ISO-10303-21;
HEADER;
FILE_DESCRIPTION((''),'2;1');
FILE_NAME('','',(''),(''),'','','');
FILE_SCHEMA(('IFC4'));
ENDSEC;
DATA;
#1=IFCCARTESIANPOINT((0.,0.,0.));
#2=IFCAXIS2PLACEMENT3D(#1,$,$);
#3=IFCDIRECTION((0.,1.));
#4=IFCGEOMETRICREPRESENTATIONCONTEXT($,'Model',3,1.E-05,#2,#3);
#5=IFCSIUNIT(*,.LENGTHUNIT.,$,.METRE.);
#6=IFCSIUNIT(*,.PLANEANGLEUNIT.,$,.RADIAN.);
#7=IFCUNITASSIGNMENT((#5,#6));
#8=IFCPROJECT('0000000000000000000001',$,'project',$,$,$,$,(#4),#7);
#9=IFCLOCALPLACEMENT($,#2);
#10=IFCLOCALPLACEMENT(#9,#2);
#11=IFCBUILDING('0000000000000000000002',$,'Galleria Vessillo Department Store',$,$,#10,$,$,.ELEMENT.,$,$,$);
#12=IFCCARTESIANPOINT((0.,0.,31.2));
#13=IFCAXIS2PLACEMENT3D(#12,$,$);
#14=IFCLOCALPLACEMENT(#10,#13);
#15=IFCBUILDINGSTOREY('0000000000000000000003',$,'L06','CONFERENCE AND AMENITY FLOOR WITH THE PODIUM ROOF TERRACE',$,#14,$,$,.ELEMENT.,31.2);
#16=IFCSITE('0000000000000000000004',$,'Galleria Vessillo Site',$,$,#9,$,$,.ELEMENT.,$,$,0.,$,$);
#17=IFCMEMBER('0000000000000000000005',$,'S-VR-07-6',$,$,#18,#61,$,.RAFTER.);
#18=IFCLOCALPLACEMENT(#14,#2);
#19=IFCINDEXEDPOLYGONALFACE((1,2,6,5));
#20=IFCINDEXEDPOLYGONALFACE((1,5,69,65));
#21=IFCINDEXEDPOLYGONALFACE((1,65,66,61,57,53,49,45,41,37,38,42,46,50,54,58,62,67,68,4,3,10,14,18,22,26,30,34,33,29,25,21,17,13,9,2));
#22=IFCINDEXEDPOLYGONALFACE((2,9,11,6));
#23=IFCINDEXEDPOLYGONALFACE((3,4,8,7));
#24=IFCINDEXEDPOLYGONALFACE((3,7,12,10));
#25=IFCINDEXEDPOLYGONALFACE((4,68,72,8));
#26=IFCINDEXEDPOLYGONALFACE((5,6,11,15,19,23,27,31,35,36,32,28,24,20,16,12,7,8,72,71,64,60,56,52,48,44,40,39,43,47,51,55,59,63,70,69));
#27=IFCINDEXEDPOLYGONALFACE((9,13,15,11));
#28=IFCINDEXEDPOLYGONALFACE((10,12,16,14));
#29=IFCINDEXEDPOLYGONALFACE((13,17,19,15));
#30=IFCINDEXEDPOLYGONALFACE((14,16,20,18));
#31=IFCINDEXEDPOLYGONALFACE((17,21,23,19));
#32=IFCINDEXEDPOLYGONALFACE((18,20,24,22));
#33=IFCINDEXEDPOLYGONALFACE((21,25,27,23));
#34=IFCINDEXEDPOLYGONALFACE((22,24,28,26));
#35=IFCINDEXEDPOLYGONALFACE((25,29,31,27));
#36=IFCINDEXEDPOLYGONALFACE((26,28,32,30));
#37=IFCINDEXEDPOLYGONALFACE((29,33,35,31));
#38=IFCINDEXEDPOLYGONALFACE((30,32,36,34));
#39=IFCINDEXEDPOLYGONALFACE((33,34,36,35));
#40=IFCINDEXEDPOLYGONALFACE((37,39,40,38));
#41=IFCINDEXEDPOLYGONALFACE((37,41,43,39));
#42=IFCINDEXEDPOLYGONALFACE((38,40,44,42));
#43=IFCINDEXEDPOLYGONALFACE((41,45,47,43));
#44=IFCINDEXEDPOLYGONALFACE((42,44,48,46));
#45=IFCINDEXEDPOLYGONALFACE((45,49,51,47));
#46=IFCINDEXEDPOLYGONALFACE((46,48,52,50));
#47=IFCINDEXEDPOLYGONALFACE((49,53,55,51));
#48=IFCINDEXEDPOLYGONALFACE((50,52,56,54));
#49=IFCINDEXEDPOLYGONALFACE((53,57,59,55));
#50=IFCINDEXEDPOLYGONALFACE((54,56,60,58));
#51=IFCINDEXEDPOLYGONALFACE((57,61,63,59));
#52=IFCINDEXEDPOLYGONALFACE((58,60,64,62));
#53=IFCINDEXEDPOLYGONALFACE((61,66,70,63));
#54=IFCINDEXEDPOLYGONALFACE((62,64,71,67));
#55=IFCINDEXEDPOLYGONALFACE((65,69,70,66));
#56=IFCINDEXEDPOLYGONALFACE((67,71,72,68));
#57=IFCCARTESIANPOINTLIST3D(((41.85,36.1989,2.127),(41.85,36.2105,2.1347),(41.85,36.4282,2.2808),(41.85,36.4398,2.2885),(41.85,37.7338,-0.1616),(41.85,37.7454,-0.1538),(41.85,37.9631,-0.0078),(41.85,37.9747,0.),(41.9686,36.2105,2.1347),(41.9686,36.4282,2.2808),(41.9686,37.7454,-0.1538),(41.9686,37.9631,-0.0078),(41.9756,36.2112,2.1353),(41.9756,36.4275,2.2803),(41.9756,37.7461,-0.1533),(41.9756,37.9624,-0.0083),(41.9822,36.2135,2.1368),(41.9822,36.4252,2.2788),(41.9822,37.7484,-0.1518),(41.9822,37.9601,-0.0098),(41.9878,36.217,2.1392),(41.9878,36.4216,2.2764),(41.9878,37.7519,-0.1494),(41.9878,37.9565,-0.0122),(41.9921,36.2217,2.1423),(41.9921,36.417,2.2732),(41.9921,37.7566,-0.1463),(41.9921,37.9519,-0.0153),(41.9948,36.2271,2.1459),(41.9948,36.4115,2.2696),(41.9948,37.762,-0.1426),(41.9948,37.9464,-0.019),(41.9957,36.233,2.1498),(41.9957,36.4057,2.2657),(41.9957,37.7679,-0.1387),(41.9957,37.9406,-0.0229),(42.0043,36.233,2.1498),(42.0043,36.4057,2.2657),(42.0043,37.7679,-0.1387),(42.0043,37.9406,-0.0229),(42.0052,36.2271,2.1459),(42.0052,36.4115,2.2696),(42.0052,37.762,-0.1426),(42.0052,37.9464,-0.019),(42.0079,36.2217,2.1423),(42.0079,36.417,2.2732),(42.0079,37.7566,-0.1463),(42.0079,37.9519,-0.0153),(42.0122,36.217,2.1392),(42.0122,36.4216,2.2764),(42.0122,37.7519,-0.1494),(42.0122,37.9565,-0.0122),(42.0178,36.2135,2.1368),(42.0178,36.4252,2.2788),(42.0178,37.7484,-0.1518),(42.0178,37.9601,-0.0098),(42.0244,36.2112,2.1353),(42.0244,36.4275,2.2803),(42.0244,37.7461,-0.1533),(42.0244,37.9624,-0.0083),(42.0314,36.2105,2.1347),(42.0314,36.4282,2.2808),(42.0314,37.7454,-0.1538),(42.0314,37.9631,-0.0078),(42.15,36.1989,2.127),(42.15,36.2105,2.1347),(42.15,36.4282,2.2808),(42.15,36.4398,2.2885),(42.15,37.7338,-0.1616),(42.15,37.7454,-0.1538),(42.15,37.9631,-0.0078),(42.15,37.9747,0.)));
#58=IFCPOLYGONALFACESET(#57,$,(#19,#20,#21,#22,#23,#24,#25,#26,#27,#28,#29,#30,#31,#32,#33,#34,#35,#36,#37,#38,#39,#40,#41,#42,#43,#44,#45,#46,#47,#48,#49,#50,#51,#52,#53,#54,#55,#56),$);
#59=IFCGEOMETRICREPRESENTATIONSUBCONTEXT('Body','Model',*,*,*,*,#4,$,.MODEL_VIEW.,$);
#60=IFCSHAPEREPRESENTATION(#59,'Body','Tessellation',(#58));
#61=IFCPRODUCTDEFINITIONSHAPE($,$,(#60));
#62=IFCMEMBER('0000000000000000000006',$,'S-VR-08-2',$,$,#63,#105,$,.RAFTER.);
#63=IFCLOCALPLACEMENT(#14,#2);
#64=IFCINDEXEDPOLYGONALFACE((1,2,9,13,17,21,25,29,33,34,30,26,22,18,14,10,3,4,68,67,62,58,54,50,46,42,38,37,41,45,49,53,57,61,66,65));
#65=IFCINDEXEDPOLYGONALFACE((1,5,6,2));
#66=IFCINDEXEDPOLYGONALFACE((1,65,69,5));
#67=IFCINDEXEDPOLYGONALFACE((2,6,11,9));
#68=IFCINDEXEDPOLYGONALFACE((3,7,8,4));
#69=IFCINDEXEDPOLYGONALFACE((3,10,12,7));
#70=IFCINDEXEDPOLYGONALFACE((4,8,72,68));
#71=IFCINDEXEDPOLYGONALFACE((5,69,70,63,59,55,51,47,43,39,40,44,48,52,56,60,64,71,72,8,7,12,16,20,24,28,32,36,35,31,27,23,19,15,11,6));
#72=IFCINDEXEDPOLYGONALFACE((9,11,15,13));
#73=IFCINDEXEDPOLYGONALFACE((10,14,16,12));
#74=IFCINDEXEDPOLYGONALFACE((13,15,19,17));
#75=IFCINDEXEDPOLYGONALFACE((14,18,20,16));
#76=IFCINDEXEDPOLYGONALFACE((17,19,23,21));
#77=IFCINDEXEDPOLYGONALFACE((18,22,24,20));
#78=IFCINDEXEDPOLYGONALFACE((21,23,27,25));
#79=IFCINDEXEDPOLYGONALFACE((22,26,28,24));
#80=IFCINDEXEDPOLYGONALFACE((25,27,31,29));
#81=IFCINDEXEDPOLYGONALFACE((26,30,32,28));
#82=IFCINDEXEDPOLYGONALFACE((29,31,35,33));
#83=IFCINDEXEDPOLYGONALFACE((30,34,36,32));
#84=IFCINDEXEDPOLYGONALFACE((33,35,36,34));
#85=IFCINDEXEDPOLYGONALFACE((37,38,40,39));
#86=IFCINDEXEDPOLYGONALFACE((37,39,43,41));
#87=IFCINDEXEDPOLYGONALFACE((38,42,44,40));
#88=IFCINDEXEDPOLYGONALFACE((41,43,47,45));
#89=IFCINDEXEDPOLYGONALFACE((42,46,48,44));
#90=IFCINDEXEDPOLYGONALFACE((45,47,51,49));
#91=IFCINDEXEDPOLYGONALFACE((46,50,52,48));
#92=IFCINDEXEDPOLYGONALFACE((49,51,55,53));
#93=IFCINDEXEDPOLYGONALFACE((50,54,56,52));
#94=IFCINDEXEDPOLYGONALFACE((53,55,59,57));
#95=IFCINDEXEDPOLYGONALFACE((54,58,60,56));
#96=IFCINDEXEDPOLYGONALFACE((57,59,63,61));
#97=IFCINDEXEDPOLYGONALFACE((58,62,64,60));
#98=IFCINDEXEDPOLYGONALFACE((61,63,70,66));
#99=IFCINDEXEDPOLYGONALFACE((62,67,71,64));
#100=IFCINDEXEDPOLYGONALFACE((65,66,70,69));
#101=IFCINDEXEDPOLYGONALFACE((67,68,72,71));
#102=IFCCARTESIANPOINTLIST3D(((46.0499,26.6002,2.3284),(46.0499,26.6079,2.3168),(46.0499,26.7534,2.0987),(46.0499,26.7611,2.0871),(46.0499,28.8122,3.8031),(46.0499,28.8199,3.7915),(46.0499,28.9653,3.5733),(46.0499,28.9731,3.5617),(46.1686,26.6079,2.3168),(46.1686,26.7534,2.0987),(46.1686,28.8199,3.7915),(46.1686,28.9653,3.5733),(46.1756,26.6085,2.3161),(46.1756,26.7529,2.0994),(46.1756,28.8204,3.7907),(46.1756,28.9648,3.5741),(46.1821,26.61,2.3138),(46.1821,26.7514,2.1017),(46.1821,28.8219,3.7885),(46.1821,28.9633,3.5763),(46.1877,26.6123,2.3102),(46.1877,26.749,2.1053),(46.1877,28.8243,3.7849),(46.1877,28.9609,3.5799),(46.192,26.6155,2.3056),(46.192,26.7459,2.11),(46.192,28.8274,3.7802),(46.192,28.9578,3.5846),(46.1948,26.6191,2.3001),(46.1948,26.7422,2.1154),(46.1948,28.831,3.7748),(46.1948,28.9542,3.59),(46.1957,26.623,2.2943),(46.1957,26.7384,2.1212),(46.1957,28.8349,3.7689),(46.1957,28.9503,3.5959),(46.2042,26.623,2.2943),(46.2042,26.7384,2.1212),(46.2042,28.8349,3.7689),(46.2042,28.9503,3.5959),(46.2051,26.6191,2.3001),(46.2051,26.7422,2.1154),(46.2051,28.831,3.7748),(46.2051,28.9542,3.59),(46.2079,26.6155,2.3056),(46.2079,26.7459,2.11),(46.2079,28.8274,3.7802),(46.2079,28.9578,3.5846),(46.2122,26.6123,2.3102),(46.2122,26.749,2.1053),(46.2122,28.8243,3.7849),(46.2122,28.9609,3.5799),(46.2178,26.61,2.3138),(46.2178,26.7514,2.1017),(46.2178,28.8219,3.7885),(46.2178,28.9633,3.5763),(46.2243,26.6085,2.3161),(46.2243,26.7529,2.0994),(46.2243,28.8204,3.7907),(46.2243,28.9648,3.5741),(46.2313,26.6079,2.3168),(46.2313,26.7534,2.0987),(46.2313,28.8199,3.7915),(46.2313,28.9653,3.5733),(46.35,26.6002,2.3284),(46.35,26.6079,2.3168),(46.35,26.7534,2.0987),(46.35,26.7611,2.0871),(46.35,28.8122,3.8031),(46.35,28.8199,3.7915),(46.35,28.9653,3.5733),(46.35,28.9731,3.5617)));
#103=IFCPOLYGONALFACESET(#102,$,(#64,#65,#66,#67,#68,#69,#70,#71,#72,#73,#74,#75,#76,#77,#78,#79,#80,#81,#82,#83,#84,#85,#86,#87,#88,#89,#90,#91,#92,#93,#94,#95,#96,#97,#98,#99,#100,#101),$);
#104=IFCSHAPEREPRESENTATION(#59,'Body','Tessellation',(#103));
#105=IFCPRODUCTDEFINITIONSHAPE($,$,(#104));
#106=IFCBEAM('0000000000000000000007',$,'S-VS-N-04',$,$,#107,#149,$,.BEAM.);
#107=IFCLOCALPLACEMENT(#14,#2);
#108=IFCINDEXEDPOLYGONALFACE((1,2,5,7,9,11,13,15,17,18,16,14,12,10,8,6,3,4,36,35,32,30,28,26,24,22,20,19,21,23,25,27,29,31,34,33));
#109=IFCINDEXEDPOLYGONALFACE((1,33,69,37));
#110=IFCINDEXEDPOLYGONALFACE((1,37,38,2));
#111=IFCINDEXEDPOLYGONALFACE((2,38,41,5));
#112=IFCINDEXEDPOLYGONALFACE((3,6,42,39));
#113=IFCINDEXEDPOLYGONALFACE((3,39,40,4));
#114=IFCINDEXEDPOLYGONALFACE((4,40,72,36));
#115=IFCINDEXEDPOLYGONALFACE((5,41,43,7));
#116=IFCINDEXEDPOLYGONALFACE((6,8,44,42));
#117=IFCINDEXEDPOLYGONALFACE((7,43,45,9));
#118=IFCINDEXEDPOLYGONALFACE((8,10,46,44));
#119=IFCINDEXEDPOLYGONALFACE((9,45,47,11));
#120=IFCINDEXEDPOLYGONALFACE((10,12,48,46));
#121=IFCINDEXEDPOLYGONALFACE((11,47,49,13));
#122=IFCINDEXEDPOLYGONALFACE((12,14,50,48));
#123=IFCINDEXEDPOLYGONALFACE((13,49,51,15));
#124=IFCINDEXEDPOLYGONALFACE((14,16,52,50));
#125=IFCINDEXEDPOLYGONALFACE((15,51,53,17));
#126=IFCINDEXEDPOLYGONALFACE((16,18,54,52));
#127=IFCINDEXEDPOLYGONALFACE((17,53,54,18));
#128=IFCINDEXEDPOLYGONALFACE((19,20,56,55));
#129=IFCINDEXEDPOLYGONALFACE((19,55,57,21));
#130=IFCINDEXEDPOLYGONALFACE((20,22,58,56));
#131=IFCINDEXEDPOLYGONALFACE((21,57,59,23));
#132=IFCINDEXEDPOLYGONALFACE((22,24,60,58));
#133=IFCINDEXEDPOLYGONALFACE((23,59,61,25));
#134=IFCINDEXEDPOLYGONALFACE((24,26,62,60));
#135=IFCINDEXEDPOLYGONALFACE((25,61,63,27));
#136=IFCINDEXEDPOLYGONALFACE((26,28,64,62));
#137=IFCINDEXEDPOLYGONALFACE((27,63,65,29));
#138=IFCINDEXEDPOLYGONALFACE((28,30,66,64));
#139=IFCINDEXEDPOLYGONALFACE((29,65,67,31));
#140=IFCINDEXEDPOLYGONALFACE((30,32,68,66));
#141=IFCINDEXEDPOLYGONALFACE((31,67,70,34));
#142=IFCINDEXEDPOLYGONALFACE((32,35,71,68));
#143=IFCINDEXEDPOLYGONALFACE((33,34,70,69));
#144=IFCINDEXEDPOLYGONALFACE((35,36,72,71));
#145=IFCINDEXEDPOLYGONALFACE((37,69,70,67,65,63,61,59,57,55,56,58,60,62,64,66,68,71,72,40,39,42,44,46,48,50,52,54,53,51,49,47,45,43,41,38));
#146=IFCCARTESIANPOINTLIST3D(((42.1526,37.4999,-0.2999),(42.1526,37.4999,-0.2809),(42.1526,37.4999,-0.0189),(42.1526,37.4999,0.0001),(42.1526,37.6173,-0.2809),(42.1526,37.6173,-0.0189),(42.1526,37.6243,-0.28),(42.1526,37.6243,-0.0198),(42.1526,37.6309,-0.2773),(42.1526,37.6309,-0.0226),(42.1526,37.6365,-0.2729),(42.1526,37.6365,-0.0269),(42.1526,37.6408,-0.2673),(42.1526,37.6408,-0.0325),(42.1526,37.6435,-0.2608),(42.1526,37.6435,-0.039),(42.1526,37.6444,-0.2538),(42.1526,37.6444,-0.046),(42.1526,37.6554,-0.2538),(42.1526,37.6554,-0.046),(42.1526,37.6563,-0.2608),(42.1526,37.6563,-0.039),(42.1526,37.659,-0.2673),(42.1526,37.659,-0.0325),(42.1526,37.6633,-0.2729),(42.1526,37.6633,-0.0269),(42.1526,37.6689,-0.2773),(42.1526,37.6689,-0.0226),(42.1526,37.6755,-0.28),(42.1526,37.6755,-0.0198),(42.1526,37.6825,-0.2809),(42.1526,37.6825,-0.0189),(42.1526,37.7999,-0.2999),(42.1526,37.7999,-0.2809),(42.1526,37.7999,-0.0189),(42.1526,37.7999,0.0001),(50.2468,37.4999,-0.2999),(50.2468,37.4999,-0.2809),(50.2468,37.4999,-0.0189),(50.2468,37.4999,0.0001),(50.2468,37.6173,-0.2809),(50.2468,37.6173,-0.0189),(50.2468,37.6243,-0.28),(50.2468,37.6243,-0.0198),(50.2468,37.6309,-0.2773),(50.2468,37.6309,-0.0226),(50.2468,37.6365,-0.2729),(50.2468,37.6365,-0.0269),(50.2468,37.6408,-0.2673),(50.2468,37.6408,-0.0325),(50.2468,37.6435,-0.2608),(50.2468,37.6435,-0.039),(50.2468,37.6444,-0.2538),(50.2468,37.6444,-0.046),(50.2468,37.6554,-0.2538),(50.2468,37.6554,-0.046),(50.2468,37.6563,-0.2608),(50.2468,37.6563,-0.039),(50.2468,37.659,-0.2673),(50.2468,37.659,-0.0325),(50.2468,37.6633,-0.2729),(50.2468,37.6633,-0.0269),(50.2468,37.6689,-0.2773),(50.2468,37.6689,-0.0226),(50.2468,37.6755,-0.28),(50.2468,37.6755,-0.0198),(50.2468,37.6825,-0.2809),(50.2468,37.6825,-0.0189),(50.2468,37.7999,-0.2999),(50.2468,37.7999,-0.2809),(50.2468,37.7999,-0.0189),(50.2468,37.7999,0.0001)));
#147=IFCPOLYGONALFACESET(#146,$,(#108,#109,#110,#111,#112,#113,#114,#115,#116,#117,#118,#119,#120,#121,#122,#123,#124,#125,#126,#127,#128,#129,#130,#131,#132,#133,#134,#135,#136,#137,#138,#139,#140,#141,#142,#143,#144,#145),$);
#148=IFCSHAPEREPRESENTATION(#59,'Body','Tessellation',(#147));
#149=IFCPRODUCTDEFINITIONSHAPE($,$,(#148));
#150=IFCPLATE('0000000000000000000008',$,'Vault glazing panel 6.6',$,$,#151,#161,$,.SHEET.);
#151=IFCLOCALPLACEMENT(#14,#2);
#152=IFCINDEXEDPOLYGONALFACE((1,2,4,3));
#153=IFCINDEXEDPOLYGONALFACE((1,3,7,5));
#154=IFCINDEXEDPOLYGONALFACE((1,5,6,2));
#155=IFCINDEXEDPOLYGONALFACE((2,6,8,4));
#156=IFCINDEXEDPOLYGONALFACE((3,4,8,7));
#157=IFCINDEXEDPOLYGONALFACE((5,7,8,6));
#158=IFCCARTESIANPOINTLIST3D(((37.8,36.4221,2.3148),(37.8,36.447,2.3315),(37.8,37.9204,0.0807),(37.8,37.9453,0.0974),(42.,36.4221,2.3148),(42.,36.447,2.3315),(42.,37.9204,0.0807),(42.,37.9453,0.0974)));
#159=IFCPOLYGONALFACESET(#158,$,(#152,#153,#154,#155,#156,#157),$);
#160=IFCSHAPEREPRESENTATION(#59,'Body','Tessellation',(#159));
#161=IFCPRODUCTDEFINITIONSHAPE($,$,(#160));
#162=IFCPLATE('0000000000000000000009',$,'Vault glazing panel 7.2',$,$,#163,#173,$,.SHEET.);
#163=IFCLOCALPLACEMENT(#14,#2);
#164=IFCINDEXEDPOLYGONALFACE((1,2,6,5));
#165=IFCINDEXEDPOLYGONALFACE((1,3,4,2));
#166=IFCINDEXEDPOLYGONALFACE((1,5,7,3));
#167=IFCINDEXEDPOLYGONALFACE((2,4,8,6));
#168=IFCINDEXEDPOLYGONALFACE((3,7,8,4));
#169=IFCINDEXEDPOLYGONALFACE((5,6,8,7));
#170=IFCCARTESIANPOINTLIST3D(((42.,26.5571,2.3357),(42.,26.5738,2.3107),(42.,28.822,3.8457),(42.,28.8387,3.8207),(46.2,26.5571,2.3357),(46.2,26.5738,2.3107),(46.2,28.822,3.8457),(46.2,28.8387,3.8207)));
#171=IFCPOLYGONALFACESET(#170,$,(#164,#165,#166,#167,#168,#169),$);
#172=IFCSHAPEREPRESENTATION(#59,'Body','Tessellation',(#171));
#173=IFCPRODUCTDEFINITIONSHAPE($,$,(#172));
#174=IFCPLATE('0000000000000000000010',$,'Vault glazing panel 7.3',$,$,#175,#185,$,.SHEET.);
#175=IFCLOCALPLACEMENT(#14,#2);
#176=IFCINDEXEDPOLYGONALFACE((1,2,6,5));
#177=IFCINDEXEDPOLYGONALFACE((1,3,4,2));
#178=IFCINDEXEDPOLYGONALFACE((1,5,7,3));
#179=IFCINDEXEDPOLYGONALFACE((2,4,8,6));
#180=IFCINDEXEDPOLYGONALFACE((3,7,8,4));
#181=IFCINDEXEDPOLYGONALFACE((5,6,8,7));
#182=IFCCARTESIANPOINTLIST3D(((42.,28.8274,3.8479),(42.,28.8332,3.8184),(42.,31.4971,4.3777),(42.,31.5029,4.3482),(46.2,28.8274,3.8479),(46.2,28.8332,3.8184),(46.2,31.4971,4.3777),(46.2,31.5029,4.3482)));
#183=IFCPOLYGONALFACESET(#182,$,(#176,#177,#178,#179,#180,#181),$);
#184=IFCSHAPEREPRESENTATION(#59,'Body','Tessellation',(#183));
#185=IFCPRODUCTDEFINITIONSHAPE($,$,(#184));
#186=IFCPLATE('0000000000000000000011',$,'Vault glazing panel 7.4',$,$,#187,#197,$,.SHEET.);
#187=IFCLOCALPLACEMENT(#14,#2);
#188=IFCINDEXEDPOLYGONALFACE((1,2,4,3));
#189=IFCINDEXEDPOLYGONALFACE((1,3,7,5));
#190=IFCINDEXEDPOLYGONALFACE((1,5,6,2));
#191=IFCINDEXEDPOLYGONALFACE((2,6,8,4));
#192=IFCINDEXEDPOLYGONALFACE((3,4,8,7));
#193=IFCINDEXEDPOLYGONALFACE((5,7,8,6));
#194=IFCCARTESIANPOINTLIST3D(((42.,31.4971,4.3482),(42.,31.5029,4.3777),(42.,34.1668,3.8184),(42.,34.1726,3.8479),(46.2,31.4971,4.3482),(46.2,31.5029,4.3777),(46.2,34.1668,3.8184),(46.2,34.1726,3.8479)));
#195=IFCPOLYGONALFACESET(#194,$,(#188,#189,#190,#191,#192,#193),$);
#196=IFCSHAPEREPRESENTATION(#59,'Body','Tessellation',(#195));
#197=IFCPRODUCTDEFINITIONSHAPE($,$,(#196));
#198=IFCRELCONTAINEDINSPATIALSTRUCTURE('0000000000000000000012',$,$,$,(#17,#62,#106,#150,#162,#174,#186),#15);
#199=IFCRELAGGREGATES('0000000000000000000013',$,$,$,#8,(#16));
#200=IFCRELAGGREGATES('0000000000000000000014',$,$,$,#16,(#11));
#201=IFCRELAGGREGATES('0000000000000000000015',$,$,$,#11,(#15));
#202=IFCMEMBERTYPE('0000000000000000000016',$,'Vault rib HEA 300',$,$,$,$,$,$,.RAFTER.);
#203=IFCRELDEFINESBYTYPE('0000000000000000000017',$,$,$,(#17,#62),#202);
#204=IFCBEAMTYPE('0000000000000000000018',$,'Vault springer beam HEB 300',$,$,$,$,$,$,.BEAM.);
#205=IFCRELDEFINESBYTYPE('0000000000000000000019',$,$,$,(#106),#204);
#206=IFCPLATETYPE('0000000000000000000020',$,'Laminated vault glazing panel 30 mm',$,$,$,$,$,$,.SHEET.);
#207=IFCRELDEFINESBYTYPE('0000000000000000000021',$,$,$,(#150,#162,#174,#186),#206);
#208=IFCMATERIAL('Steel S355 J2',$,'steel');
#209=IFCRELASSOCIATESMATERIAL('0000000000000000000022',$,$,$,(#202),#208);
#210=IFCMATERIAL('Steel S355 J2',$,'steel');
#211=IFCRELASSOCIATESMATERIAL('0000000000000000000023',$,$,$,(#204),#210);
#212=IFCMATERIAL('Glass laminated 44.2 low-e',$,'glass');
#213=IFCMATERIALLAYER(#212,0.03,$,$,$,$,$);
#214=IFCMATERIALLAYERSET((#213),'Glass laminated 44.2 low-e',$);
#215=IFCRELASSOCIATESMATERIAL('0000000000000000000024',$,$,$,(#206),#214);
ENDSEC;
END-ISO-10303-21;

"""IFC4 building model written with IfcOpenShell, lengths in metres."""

from ifc_helpers import new_model, si_unit, direction, frame, origin, origin_2d, place, context, subcontext, project, spatial, polyline, i_section, outline, extrude, material, layer, layer_set, material_profile, profile_set, type_object, element, save


model = new_model("IFC4")

# Units and contexts
model_context = context("Model", 3, precision=1e-05, world=origin(), true_north=direction((0.0, 1.0)))
body_context = subcontext(model_context, "Body", "Model", "MODEL_VIEW")
ifc_project = project(units=[si_unit("LENGTHUNIT", "METRE"), si_unit("PLANEANGLEUNIT", "RADIAN")], contexts=[model_context])

# Site, building, storey
site_placement = place(None, origin())
site = spatial("IfcSite", under=ifc_project, at=site_placement, Name="Galleria Vessillo Site", CompositionType="ELEMENT", RefElevation=0.0)
building_placement = place(site_placement, origin())
building = spatial("IfcBuilding", under=site, at=building_placement, Name="Galleria Vessillo Department Store", CompositionType="ELEMENT")
storey_placement = place(building_placement, frame((0.0, 0.0, 31.2)))
storey = spatial("IfcBuildingStorey", under=building, at=storey_placement, Name="L06", Description="CONFERENCE AND AMENITY FLOOR WITH THE PODIUM ROOF TERRACE", CompositionType="ELEMENT", Elevation=31.2)

# Members
ifc_material_1 = material(Name="Steel S355 J2", Category="steel")
ifc_material_profile_1 = material_profile(ifc_material_1, i_section(OverallWidth=0.3, OverallDepth=0.29, WebThickness=0.0085, FlangeThickness=0.0139, FilletRadius=0.0271, at=origin_2d()), Name="HEA 300")
ifc_profile_set_1 = profile_set([ifc_material_profile_1], Name="Steel S355 J2")
member_type_1 = type_object("IfcMemberType", Name="Vault rib HEA 300", PredefinedType="RAFTER", material=ifc_profile_set_1)
member_1_placement = place(storey_placement, frame((42.0, 36.3193, 2.2078), z_axis=(0.0, 0.557008, -0.830507), x_axis=(-1.0, 0.0, 0.0)))
element("IfcMember", 1, at=member_1_placement, inside=storey, type_object=member_type_1, Name="S-VR-07-6", PredefinedType="RAFTER", context=body_context, shape_type="SweptSolid", body=[
    extrude(i_section(OverallWidth=0.3, OverallDepth=0.29, WebThickness=0.0085, FlangeThickness=0.0139, FilletRadius=0.0271, at=origin_2d()), origin(), (0.0, 0.0, 1.0), 2.7556),
])
member_2_placement = place(storey_placement, frame((46.2, 26.6807, 2.2078), z_axis=(0.0, 0.83205, 0.5547), x_axis=(-1.0, 0.0, 0.0)))
element("IfcMember", 2, at=member_2_placement, inside=storey, type_object=member_type_1, Name="S-VR-08-2", PredefinedType="RAFTER", context=body_context, shape_type="SweptSolid", body=[
    extrude(i_section(OverallWidth=0.3, OverallDepth=0.29, WebThickness=0.0085, FlangeThickness=0.0139, FilletRadius=0.0271, at=origin_2d()), origin(), (0.0, 0.0, 1.0), 2.6584),
])

# Beam
ifc_material_2 = material(Name="Steel S355 J2", Category="steel")
ifc_material_profile_2 = material_profile(ifc_material_2, i_section(OverallWidth=0.3, OverallDepth=0.3, WebThickness=0.011, FlangeThickness=0.019, FilletRadius=0.0271, at=origin_2d()), Name="HEB 300")
ifc_profile_set_2 = profile_set([ifc_material_profile_2], Name="Steel S355 J2")
beam_type_1 = type_object("IfcBeamType", Name="Vault springer beam HEB 300", PredefinedType="BEAM", material=ifc_profile_set_2)
beam_1_placement = place(storey_placement, frame((42.1526, 37.6499, -0.1499), z_axis=(1.0, 0.0, 0.0), x_axis=(0.0, 1.0, 0.0)))
element("IfcBeam", 3, at=beam_1_placement, inside=storey, type_object=beam_type_1, Name="S-VS-N-04", PredefinedType="BEAM", context=body_context, shape_type="SweptSolid", body=[
    extrude(i_section(OverallWidth=0.3, OverallDepth=0.3, WebThickness=0.011, FlangeThickness=0.019, FilletRadius=0.0271, at=origin_2d()), origin(), (0.0, 0.0, 1.0), 8.0942),
])

# Plates
ifc_material_3 = material(Name="Glass laminated 44.2 low-e", Category="glass")
ifc_layer_1 = layer(ifc_material_3, 0.03)
ifc_layer_set_1 = layer_set([ifc_layer_1], Name="Glass laminated 44.2 low-e")
plate_type = type_object("IfcPlateType", Name="Laminated vault glazing panel 30 mm", PredefinedType="SHEET", material=ifc_layer_set_1)
plate_1_placement = place(storey_placement, frame((37.8, 36.447, 2.3315), z_axis=(0.0, 0.830525, 0.556981), x_axis=(1.0, 0.0, 0.0)))
element("IfcPlate", 4, at=plate_1_placement, inside=storey, type_object=plate_type, Name="Vault glazing panel 6.6", PredefinedType="SHEET", context=body_context, shape_type="SweptSolid", body=[
    extrude(outline(polyline([(0.0, 0.0), (4.2, 0.0), (4.2, 2.69), (0.0, 2.69), (0.0, 0.0)])), origin(), (0.0, 0.0, -1.0), 0.03),
])
plate_2_placement = place(storey_placement, frame((42.0, 26.5571, 2.3357), z_axis=(0.0, -0.554721, 0.832036), x_axis=(1.0, 0.0, 0.0)))
element("IfcPlate", 5, at=plate_2_placement, inside=storey, type_object=plate_type, Name="Vault glazing panel 7.2", PredefinedType="SHEET", context=body_context, shape_type="SweptSolid", body=[
    extrude(outline(polyline([(0.0, 0.0), (4.2, 0.0), (4.2, 2.7221), (0.0, 2.7221), (0.0, 0.0)])), origin(), (0.0, 0.0, -1.0), 0.03),
])
for number, where, z_axis, x_axis, name in (
    (6, (42.0, 28.8274, 3.8479), (0.0, -0.19465, 0.980873), (1.0, 0.0, 0.0), "Vault glazing panel 7.3"),
    (7, (42.0, 31.5029, 4.3777), (0.0, 0.19465, 0.980873), (1.0, 0.0, 0.0), "Vault glazing panel 7.4"),
):
    element("IfcPlate", number, at=place(storey_placement, frame(where, z_axis=z_axis, x_axis=x_axis)), inside=storey, type_object=plate_type, Name=name, PredefinedType="SHEET", context=body_context, shape_type="SweptSolid", body=[
        extrude(outline(polyline([(0.0, 0.0), (4.2, 0.0), (4.2, 2.7217), (0.0, 2.7217), (0.0, 0.0)])), origin(), (0.0, 0.0, -1.0), 0.03),
    ])

save(model, "model.ifc")
